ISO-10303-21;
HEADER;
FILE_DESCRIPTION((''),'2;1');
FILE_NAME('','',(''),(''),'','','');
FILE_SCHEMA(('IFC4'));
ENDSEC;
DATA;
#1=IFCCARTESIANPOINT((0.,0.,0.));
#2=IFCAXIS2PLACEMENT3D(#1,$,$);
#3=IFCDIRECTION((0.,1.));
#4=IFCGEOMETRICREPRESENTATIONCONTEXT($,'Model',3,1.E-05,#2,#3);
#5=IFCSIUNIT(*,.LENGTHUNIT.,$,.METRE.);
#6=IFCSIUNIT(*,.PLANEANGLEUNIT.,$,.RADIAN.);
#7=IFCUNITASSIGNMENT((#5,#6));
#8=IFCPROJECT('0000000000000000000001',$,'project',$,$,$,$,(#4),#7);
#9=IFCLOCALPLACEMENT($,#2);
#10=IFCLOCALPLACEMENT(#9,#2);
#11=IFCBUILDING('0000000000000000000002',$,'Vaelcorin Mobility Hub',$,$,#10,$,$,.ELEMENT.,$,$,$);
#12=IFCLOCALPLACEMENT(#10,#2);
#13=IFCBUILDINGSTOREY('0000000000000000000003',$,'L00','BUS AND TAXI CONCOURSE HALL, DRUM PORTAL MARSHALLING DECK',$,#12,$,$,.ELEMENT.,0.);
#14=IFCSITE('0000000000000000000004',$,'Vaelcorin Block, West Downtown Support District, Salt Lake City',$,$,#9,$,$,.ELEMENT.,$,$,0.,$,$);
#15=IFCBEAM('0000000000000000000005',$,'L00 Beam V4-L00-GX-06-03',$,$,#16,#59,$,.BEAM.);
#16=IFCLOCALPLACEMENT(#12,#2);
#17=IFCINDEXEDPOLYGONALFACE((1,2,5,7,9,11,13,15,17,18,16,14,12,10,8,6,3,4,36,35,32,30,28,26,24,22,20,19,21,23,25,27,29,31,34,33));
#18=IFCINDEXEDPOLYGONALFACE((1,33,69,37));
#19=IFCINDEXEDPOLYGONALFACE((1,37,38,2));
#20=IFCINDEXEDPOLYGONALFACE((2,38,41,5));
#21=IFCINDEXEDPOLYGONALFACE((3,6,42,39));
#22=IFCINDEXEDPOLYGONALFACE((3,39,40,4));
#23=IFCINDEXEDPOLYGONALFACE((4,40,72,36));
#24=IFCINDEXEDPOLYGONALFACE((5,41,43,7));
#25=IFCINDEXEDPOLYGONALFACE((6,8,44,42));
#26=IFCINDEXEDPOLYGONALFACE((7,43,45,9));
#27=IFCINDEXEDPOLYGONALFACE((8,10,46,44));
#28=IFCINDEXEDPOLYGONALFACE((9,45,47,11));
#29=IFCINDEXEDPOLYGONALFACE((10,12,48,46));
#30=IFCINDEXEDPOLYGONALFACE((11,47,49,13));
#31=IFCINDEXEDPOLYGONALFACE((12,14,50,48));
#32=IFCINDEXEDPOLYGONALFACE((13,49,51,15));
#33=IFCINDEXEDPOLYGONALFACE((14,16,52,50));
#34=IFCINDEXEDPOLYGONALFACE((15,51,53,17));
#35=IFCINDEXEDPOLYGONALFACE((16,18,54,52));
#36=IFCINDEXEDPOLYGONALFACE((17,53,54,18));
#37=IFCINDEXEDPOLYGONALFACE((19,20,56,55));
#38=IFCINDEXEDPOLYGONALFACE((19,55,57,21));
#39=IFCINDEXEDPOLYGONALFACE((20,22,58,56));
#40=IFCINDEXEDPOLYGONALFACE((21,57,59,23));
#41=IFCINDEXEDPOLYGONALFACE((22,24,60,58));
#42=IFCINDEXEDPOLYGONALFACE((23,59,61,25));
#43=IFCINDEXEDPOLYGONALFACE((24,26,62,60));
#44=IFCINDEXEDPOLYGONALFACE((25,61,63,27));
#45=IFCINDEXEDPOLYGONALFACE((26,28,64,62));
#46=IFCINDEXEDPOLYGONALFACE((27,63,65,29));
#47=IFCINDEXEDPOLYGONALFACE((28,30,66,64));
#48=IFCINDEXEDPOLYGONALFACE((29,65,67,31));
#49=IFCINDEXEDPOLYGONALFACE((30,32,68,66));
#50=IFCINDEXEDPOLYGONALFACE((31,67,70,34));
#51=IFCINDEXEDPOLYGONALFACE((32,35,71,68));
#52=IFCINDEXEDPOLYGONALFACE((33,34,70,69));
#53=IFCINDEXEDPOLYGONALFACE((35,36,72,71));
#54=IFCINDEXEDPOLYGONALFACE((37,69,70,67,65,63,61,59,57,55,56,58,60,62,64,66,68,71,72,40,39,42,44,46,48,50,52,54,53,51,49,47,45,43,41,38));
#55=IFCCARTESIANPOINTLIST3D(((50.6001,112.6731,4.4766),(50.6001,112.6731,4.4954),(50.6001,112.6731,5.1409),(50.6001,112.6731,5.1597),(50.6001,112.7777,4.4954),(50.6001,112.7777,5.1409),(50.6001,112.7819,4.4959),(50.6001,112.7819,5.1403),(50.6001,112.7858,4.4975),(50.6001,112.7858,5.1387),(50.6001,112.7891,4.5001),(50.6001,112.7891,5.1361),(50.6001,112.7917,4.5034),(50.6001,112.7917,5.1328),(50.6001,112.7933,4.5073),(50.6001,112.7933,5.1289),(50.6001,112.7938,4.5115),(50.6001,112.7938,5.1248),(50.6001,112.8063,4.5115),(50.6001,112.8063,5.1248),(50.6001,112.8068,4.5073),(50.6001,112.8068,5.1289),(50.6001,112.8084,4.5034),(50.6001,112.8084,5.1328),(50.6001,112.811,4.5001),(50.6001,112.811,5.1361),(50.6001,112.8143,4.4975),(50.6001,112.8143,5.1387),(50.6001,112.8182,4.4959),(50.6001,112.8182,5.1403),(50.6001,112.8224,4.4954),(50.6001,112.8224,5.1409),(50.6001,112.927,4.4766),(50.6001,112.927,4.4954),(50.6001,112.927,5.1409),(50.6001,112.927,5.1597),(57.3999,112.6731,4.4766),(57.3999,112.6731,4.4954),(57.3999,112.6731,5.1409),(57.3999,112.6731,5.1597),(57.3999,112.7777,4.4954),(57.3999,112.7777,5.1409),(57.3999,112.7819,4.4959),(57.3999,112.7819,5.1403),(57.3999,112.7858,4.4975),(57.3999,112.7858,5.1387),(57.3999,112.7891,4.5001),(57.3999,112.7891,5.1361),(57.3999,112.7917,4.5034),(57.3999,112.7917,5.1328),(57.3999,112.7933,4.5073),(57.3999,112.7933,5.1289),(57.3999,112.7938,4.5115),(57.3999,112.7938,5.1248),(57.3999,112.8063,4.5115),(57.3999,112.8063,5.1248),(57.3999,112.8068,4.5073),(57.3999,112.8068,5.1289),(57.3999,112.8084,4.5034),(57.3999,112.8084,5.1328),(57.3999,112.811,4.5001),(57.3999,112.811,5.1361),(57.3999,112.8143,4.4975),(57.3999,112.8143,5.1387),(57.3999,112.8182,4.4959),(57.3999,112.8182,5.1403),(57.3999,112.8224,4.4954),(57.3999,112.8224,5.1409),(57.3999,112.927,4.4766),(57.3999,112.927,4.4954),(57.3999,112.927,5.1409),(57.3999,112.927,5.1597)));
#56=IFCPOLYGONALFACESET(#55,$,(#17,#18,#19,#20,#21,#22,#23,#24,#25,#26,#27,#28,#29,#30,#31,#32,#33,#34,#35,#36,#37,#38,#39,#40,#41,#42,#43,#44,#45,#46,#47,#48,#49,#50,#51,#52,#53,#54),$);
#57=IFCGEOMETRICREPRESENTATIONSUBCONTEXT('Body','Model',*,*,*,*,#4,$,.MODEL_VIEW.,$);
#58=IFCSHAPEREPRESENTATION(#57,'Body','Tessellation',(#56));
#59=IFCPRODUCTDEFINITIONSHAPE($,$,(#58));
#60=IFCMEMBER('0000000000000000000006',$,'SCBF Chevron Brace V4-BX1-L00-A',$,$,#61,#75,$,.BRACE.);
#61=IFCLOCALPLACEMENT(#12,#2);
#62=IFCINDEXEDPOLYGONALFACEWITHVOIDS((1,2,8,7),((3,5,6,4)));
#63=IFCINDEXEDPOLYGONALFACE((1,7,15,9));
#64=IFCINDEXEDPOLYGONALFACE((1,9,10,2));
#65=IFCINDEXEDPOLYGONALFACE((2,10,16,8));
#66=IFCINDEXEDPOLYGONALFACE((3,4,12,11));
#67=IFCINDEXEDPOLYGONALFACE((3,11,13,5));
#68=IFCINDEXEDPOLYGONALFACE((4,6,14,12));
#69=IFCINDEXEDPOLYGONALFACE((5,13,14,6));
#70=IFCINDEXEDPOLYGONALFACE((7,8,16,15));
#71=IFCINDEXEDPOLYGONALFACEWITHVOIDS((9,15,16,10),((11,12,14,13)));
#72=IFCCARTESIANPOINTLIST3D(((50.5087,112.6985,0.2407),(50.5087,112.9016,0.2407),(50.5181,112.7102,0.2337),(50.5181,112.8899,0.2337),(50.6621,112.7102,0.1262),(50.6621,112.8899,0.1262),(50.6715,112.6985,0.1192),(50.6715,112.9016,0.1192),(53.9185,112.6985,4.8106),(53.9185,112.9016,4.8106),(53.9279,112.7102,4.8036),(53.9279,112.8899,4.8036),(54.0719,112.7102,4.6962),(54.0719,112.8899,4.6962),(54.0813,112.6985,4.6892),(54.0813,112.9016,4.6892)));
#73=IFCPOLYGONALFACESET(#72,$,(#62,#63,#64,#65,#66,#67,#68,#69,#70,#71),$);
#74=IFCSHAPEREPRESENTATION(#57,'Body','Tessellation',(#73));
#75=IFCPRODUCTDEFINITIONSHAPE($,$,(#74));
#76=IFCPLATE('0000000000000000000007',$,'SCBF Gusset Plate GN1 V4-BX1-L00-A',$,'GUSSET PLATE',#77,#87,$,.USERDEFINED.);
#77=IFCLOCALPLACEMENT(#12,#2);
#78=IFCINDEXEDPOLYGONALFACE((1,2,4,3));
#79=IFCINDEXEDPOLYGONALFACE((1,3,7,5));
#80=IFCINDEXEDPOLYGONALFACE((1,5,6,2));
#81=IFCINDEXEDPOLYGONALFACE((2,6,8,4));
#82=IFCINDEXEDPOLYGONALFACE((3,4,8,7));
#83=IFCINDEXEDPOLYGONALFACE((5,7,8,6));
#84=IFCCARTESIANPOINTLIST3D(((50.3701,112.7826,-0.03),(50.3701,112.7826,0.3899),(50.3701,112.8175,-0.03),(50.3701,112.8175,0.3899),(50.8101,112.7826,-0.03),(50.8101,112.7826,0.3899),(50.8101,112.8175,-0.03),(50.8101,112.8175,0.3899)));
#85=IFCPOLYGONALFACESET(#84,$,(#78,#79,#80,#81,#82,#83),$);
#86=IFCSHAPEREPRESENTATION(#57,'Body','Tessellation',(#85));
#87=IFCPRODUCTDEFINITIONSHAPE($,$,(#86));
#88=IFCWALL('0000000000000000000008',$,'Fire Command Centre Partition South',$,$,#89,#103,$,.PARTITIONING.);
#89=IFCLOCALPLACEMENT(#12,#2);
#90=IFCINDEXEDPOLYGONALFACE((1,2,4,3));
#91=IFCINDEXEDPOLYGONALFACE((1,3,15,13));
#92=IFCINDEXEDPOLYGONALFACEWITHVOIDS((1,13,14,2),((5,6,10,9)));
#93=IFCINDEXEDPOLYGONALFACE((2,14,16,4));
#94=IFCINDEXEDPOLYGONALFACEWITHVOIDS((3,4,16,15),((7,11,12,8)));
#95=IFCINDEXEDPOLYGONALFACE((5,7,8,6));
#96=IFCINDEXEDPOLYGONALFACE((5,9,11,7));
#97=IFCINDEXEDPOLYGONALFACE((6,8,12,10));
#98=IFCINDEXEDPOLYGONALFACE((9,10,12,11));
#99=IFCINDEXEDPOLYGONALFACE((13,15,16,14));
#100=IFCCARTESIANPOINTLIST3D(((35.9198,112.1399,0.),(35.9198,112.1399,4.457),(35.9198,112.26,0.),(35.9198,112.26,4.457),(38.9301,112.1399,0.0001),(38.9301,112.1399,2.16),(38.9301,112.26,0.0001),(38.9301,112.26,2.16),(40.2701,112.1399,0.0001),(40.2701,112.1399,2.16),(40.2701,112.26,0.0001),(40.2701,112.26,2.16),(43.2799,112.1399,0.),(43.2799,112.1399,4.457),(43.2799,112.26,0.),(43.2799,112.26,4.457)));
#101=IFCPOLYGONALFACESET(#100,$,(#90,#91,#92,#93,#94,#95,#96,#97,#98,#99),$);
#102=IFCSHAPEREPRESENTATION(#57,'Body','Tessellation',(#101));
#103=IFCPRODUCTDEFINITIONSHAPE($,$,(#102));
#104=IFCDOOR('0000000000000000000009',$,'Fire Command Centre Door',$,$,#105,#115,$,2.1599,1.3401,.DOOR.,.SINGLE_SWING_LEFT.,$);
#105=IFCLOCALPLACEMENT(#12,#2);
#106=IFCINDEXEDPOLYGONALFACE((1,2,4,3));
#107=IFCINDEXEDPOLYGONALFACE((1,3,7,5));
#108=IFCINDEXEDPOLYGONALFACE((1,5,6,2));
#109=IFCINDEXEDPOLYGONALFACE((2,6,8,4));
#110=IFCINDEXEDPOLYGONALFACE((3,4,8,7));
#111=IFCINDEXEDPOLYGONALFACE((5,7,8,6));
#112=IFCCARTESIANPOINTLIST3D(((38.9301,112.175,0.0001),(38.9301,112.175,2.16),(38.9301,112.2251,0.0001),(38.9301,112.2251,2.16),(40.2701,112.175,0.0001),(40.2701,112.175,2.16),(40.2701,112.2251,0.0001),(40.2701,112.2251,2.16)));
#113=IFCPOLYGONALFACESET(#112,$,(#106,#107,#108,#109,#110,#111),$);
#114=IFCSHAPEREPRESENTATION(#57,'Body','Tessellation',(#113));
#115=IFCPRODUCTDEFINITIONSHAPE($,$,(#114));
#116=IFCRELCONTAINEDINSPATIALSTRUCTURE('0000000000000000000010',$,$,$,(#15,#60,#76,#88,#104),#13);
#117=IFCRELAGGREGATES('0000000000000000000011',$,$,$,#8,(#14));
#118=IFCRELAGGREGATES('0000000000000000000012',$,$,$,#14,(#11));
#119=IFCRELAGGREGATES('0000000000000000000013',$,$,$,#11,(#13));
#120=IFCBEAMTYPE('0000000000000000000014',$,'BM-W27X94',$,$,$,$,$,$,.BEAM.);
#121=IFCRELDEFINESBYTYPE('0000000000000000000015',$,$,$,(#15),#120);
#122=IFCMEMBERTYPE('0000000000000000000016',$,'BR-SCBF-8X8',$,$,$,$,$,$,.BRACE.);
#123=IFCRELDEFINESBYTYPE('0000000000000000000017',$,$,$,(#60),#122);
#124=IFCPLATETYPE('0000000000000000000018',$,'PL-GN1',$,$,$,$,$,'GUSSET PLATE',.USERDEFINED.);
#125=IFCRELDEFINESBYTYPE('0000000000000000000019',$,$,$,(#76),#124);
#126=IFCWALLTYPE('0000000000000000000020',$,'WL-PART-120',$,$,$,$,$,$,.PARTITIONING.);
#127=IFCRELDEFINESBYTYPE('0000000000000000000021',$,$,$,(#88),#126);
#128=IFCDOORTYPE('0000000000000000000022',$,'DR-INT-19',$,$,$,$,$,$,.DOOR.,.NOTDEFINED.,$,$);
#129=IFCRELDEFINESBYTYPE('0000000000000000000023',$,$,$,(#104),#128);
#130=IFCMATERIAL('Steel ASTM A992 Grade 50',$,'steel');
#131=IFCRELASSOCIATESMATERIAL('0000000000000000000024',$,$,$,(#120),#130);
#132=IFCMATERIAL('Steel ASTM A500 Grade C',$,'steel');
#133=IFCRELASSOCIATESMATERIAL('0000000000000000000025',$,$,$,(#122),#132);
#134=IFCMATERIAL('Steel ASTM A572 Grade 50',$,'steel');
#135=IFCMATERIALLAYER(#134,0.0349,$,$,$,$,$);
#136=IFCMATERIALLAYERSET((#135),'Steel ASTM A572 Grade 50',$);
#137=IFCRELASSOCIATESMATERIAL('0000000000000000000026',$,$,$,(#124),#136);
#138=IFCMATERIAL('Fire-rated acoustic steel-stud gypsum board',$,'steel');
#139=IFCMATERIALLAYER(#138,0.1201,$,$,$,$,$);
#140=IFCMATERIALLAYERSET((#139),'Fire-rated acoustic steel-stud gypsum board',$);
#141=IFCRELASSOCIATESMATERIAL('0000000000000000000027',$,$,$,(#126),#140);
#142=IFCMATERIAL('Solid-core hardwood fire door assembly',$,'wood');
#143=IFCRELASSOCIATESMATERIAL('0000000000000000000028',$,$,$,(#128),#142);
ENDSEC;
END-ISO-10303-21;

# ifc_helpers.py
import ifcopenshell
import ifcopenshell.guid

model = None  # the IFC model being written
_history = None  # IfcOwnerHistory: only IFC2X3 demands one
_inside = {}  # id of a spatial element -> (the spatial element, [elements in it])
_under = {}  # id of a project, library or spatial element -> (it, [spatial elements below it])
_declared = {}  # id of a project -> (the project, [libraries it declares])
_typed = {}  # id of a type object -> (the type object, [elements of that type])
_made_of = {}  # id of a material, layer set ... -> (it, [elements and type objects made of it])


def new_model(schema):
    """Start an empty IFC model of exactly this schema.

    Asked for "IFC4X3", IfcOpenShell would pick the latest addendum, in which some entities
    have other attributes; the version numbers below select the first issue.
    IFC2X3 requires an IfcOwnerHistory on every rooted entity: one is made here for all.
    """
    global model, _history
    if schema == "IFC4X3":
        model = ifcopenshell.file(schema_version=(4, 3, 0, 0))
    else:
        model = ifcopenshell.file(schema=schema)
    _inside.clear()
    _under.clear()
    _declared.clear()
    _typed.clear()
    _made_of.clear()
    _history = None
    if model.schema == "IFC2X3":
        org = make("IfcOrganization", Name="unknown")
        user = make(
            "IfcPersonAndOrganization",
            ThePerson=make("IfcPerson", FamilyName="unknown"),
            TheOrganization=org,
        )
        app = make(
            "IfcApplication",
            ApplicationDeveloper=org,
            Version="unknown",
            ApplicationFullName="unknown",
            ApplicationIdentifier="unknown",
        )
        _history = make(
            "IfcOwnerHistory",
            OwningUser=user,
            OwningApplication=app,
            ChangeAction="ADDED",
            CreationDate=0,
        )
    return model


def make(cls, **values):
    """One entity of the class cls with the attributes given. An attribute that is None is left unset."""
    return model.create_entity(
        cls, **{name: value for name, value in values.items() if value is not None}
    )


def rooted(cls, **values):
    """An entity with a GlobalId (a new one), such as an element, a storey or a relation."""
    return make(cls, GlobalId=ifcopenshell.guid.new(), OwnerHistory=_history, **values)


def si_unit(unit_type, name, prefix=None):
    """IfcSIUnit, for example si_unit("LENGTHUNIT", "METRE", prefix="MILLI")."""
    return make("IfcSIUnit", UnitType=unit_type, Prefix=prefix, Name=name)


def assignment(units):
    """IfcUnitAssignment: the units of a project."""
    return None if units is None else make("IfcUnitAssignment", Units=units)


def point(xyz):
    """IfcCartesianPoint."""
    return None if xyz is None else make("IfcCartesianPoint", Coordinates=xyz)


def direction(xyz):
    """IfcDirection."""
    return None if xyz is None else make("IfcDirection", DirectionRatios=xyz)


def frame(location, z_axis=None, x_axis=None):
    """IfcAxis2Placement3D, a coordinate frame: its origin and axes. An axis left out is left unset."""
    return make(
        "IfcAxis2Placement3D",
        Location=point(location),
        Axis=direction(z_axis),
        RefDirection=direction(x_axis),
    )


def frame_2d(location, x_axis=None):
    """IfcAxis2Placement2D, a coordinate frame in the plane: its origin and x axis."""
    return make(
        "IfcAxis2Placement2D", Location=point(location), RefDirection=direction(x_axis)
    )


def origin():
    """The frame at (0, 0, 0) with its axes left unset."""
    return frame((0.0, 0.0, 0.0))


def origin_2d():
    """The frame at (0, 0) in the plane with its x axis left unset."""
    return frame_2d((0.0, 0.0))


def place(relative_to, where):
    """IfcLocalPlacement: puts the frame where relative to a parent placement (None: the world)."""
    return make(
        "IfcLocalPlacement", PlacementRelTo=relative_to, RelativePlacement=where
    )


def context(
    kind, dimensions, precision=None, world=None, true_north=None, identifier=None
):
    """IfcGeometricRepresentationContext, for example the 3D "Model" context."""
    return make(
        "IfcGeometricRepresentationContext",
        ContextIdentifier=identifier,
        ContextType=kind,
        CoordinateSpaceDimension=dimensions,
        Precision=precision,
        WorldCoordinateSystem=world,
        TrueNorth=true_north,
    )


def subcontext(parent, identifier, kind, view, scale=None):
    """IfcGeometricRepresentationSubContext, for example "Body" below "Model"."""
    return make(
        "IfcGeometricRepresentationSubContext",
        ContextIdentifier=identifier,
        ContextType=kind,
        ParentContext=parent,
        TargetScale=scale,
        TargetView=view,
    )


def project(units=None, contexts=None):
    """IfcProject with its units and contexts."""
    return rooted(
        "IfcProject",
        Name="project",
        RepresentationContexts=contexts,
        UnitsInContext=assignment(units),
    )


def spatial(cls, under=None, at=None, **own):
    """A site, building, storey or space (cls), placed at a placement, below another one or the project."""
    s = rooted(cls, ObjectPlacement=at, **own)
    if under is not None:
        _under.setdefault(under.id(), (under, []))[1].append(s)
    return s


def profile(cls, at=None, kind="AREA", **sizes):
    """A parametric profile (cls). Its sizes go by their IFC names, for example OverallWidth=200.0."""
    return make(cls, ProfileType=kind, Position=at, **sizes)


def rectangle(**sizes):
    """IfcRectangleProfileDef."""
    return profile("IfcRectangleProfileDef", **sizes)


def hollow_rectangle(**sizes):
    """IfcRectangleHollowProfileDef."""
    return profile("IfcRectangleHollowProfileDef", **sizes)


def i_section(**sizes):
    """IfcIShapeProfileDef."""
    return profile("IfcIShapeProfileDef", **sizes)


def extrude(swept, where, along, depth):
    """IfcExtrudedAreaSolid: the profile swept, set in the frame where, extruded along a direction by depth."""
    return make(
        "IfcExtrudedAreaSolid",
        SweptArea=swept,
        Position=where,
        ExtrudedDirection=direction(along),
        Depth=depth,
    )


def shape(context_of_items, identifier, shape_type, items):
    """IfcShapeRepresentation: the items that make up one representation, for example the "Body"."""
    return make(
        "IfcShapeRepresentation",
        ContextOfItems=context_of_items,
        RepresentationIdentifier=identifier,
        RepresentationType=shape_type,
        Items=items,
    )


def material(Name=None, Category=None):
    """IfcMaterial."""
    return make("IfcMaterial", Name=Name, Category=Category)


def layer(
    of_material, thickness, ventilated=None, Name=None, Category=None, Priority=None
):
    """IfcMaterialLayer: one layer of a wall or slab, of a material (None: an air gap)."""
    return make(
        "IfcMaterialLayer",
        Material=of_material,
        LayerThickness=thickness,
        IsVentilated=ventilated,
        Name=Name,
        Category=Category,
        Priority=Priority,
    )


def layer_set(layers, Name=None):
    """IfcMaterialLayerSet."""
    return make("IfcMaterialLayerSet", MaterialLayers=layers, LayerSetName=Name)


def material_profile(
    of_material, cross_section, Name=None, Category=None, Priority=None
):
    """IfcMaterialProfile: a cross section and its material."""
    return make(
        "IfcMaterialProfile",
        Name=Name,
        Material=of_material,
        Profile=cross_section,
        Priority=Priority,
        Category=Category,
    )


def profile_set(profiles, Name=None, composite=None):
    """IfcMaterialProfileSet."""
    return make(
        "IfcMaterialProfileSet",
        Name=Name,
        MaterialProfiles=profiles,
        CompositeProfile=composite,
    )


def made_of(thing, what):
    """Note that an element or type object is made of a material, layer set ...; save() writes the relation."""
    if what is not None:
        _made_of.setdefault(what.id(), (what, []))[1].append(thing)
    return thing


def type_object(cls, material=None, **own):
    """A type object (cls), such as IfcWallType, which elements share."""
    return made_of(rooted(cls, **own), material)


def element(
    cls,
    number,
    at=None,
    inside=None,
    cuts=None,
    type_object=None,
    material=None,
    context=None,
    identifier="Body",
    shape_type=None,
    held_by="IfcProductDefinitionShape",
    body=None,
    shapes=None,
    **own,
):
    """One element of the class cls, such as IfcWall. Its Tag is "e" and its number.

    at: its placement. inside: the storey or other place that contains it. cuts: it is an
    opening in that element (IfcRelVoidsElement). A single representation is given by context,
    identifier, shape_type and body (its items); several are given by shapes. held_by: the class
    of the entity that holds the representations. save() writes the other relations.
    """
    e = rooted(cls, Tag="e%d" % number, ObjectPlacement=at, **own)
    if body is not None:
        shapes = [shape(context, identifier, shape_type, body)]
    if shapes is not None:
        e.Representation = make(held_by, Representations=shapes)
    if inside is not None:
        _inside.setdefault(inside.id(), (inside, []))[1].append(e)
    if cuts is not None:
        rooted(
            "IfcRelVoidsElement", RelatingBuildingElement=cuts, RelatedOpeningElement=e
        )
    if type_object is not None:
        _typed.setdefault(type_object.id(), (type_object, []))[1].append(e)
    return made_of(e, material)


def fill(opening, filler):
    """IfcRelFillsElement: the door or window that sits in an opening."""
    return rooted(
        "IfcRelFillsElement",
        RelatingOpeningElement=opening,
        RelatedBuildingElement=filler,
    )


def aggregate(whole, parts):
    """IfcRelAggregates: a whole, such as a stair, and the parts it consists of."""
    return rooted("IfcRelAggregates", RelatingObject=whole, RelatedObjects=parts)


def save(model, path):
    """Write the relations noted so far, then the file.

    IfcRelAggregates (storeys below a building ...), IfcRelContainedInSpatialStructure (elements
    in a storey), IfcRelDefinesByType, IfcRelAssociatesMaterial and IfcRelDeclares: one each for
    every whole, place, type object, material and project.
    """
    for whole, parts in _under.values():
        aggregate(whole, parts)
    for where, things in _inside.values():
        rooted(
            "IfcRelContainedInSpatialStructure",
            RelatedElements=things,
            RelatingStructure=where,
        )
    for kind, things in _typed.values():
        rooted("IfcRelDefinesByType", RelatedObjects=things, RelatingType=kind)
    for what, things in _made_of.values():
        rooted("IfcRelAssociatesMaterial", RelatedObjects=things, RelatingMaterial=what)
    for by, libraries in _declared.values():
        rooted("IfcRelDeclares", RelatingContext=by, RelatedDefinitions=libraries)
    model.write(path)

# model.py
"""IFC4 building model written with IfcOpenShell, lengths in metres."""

from ifc_helpers import new_model, si_unit, direction, frame, frame_2d, origin, origin_2d, place, context, subcontext, project, spatial, rectangle, hollow_rectangle, i_section, extrude, material, layer, layer_set, material_profile, profile_set, type_object, element, fill, save


model = new_model("IFC4")

# Units and contexts
model_context = context("Model", 3, precision=1e-05, world=origin(), true_north=direction((0.0, 1.0)))
body_context = subcontext(model_context, "Body", "Model", "MODEL_VIEW")
ifc_project = project(units=[si_unit("LENGTHUNIT", "METRE"), si_unit("PLANEANGLEUNIT", "RADIAN")], contexts=[model_context])

# Site, building, storey
site_placement = place(None, origin())
site = spatial("IfcSite", under=ifc_project, at=site_placement, Name="Vaelcorin Block, West Downtown Support District, Salt Lake City", CompositionType="ELEMENT", RefElevation=0.0)
building_placement = place(site_placement, origin())
building = spatial("IfcBuilding", under=site, at=building_placement, Name="Vaelcorin Mobility Hub", CompositionType="ELEMENT")
storey_placement = place(building_placement, origin())
storey = spatial("IfcBuildingStorey", under=building, at=storey_placement, Name="L00", Description="BUS AND TAXI CONCOURSE HALL, DRUM PORTAL MARSHALLING DECK", CompositionType="ELEMENT", Elevation=0.0)

# Shared definitions
ifc_material_1 = material(Name="Steel ASTM A992 Grade 50", Category="steel")

# Beam
ifc_material_profile_1 = material_profile(ifc_material_1, i_section(OverallWidth=0.2539, OverallDepth=0.6831, WebThickness=0.0125, FlangeThickness=0.0188, FilletRadius=0.0161, at=origin_2d()), Name="W27X94")
ifc_profile_set_1 = profile_set([ifc_material_profile_1], Name="Steel ASTM A992 Grade 50")
beam_type_1 = type_object("IfcBeamType", Name="BM-W27X94", PredefinedType="BEAM", material=ifc_profile_set_1)
beam_1_placement = place(storey_placement, frame((50.6001, 112.8, 4.8181), z_axis=(1.0, 0.0, 0.0), x_axis=(0.0, 1.0, 0.0)))
element("IfcBeam", 1, at=beam_1_placement, inside=storey, type_object=beam_type_1, Name="L00 Beam V4-L00-GX-06-03", PredefinedType="BEAM", context=body_context, shape_type="SweptSolid", body=[
    extrude(i_section(OverallWidth=0.2539, OverallDepth=0.6831, WebThickness=0.0125, FlangeThickness=0.0188, FilletRadius=0.0161, at=origin_2d()), origin(), (0.0, 0.0, 1.0), 6.7998),
])

# Member
ifc_material_2 = material(Name="Steel ASTM A500 Grade C", Category="steel")
ifc_material_profile_2 = material_profile(ifc_material_2, hollow_rectangle(XDim=0.2031, YDim=0.2031, WallThickness=0.0117, at=origin_2d()), Name="HSS8X8X0.500")
ifc_profile_set_2 = profile_set([ifc_material_profile_2], Name="Steel ASTM A500 Grade C")
member_type = type_object("IfcMemberType", Name="BR-SCBF-8X8", PredefinedType="BRACE", material=ifc_profile_set_2)
member_placement = place(storey_placement, frame((50.5901, 112.8, 0.1799), z_axis=(0.598018, 0.0, 0.801482), x_axis=(0.0, 1.0, 0.0)))
element("IfcMember", 2, at=member_placement, inside=storey, type_object=member_type, Name="SCBF Chevron Brace V4-BX1-L00-A", PredefinedType="BRACE", context=body_context, shape_type="SweptSolid", body=[
    extrude(hollow_rectangle(XDim=0.2031, YDim=0.2031, WallThickness=0.0117, at=origin_2d()), origin(), (0.0, 0.0, 1.0), 5.7019),
])

# Plate
ifc_material_3 = material(Name="Steel ASTM A572 Grade 50", Category="steel")
ifc_layer_1 = layer(ifc_material_3, 0.0349)
ifc_layer_set_1 = layer_set([ifc_layer_1], Name="Steel ASTM A572 Grade 50")
plate_type = type_object("IfcPlateType", Name="PL-GN1", ElementType="GUSSET PLATE", PredefinedType="USERDEFINED", material=ifc_layer_set_1)
plate_placement = place(storey_placement, frame((50.5901, 112.8, -0.03), z_axis=(0.0, 0.0, 1.0), x_axis=(1.0, 0.0, 0.0)))
element("IfcPlate", 3, at=plate_placement, inside=storey, type_object=plate_type, Name="SCBF Gusset Plate GN1 V4-BX1-L00-A", ObjectType="GUSSET PLATE", PredefinedType="USERDEFINED", context=body_context, shape_type="SweptSolid", body=[
    extrude(rectangle(XDim=0.4399, YDim=0.0349, at=origin_2d()), origin(), (0.0, 0.0, 1.0), 0.4199),
])

# Wall, opening, door
ifc_material_4 = material(Name="Fire-rated acoustic steel-stud gypsum board", Category="steel")
ifc_layer_2 = layer(ifc_material_4, 0.1201)
ifc_layer_set_2 = layer_set([ifc_layer_2], Name="Fire-rated acoustic steel-stud gypsum board")
wall_type = type_object("IfcWallType", Name="WL-PART-120", PredefinedType="PARTITIONING", material=ifc_layer_set_2)
wall_placement = place(storey_placement, frame((43.28, 112.2, 0.0), z_axis=(0.0, 0.0, 1.0), x_axis=(-1.0, 0.0, 0.0)))
wall = element("IfcWall", 4, at=wall_placement, inside=storey, type_object=wall_type, Name="Fire Command Centre Partition South", PredefinedType="PARTITIONING", context=body_context, shape_type="SweptSolid", body=[
    extrude(rectangle(XDim=7.3601, YDim=0.1201, at=frame_2d((3.6802, 0.0))), origin(), (0.0, 0.0, 1.0), 4.457),
])
opening_placement = place(wall_placement, frame((3.01, 0.0, 0.0)))
opening = element("IfcOpeningElement", 5, at=opening_placement, cuts=wall, PredefinedType="OPENING", context=body_context, shape_type="SweptSolid", body=[
    extrude(rectangle(XDim=1.3401, YDim=2.1599, at=frame_2d((0.6699, 1.0801))), frame((0.0, 0.0701, 0.0), z_axis=(0.0, -1.0, 0.0), x_axis=(1.0, 0.0, 0.0)), (0.0, 0.0, 1.0), 0.1401),
])
ifc_material_5 = material(Name="Solid-core hardwood fire door assembly", Category="wood")
door_type = type_object("IfcDoorType", Name="DR-INT-19", OperationType="NOTDEFINED", PredefinedType="DOOR", material=ifc_material_5)
door_placement = place(opening_placement, origin())
door = element("IfcDoor", 6, at=door_placement, inside=storey, type_object=door_type, Name="Fire Command Centre Door", OperationType="SINGLE_SWING_LEFT", OverallHeight=2.1599, OverallWidth=1.3401, PredefinedType="DOOR", context=body_context, shape_type="SweptSolid", body=[
    extrude(rectangle(XDim=1.3401, YDim=2.1599, at=frame_2d((0.6699, 1.0801))), frame((0.0, 0.0249, 0.0), z_axis=(0.0, -1.0, 0.0), x_axis=(1.0, 0.0, 0.0)), (0.0, 0.0, 1.0), 0.05),
])
fill(opening, door)

save(model, "model.ifc")
